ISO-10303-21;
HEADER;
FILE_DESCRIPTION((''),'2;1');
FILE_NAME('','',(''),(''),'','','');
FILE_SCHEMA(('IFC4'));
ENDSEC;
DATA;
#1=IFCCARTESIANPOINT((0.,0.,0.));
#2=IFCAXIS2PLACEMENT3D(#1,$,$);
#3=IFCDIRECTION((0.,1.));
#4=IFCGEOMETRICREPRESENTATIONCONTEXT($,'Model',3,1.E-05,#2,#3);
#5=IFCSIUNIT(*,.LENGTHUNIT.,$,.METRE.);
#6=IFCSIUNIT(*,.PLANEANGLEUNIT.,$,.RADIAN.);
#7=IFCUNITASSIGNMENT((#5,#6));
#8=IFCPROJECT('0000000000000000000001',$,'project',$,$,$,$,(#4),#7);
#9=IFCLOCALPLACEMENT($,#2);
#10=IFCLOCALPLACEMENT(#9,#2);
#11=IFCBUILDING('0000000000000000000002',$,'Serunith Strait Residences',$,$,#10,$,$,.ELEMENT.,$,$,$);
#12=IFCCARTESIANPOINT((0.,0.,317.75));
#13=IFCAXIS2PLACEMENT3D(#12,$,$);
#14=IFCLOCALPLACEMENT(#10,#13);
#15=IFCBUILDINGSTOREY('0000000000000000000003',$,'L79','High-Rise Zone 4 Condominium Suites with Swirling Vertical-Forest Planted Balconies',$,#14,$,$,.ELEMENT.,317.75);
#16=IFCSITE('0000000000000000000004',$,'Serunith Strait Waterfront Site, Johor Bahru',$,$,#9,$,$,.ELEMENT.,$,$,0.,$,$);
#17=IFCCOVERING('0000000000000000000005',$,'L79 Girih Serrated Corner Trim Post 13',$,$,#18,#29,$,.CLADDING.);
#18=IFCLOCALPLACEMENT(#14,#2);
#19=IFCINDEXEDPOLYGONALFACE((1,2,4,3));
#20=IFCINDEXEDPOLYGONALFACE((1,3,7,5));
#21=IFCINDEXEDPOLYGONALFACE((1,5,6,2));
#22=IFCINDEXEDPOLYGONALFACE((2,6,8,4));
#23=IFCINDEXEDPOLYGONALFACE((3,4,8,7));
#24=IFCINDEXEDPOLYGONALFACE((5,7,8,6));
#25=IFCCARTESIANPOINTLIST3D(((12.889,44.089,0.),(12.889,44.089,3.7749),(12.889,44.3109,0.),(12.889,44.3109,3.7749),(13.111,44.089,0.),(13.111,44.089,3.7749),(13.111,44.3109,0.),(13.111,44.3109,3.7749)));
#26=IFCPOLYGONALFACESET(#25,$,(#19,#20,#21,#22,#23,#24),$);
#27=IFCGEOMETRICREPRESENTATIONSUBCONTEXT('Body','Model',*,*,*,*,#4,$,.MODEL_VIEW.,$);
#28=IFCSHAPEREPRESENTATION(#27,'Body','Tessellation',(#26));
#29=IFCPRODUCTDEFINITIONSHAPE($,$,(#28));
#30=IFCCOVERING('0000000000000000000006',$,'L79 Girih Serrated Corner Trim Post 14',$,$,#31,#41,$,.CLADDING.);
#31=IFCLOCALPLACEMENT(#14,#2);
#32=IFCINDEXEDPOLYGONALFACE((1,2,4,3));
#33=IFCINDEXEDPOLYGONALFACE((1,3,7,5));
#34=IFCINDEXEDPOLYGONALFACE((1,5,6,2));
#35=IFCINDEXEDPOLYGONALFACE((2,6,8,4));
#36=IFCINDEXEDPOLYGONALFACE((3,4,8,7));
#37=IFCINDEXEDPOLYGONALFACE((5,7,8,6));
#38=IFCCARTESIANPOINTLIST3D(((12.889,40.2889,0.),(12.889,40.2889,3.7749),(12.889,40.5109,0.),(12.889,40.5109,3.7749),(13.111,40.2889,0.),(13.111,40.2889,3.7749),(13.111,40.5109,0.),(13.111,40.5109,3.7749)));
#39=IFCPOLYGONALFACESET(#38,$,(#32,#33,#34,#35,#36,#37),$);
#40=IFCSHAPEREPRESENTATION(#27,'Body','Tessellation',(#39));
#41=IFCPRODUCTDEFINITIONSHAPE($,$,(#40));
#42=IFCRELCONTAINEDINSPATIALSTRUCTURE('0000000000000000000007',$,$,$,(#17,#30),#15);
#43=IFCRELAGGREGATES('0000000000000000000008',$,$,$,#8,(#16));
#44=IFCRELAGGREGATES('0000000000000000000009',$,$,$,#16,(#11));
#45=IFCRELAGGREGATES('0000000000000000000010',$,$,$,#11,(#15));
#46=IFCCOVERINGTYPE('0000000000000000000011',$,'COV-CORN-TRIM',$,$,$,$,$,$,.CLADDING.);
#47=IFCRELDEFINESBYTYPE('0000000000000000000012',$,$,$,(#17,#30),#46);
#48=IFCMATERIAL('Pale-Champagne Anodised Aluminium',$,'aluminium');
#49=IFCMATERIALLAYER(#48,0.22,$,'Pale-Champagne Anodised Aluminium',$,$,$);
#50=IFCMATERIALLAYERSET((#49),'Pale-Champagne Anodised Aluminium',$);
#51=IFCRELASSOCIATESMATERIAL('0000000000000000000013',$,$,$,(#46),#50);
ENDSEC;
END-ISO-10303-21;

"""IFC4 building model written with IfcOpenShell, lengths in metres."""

from ifc_helpers import new_model, si_unit, direction, frame, origin, origin_2d, place, context, subcontext, project, spatial, rectangle, extrude, source, transform, mapped, material, layer, layer_set, type_object, element, save


model = new_model("IFC4")

# Units and contexts
model_context = context("Model", 3, precision=1e-05, world=origin(), true_north=direction((0.0, 1.0)))
body_context = subcontext(model_context, "Body", "Model", "MODEL_VIEW")
ifc_project = project(units=[si_unit("LENGTHUNIT", "METRE"), si_unit("PLANEANGLEUNIT", "RADIAN")], contexts=[model_context])

# Site, building, storey
site_placement = place(None, origin())
site = spatial("IfcSite", under=ifc_project, at=site_placement, Name="Serunith Strait Waterfront Site, Johor Bahru", CompositionType="ELEMENT", RefElevation=0.0)
building_placement = place(site_placement, origin())
building = spatial("IfcBuilding", under=site, at=building_placement, Name="Serunith Strait Residences", CompositionType="ELEMENT")
storey_placement = place(building_placement, frame((0.0, 0.0, 317.75)))
storey = spatial("IfcBuildingStorey", under=building, at=storey_placement, Name="L79", Description="High-Rise Zone 4 Condominium Suites with Swirling Vertical-Forest Planted Balconies", CompositionType="ELEMENT", Elevation=317.75)

# Coverings
ifc_material_1 = material(Name="Pale-Champagne Anodised Aluminium", Category="aluminium")
ifc_layer_1 = layer(ifc_material_1, 0.22, Name="Pale-Champagne Anodised Aluminium")
ifc_layer_set_1 = layer_set([ifc_layer_1], Name="Pale-Champagne Anodised Aluminium")
covering_type = type_object("IfcCoveringType", Name="COV-CORN-TRIM", PredefinedType="CLADDING", material=ifc_layer_set_1)
shared_shape_1 = source(origin(), body_context, "Body", "SweptSolid", [
    extrude(rectangle(XDim=0.2219, YDim=0.2219, at=origin_2d()), origin(), (0.0, 0.0, 1.0), 3.7749),
])
for number, where, z_axis, x_axis, name in (
    (1, (13.0, 44.2, 0.0), (0.0, 0.0, 1.0), (1.0, 0.0, 0.0), "L79 Girih Serrated Corner Trim Post 13"),
    (2, (13.0, 40.3999, 0.0), (0.0, 0.0, 1.0), (1.0, 0.0, 0.0), "L79 Girih Serrated Corner Trim Post 14"),
):
    element("IfcCovering", number, at=place(storey_placement, frame(where, z_axis=z_axis, x_axis=x_axis)), inside=storey, type_object=covering_type, Name=name, PredefinedType="CLADDING", context=body_context, shape_type="MappedRepresentation", body=[
        mapped(shared_shape_1, transform((0.0, 0.0, 0.0), scale=1.0)),
    ])

save(model, "model.ifc")
